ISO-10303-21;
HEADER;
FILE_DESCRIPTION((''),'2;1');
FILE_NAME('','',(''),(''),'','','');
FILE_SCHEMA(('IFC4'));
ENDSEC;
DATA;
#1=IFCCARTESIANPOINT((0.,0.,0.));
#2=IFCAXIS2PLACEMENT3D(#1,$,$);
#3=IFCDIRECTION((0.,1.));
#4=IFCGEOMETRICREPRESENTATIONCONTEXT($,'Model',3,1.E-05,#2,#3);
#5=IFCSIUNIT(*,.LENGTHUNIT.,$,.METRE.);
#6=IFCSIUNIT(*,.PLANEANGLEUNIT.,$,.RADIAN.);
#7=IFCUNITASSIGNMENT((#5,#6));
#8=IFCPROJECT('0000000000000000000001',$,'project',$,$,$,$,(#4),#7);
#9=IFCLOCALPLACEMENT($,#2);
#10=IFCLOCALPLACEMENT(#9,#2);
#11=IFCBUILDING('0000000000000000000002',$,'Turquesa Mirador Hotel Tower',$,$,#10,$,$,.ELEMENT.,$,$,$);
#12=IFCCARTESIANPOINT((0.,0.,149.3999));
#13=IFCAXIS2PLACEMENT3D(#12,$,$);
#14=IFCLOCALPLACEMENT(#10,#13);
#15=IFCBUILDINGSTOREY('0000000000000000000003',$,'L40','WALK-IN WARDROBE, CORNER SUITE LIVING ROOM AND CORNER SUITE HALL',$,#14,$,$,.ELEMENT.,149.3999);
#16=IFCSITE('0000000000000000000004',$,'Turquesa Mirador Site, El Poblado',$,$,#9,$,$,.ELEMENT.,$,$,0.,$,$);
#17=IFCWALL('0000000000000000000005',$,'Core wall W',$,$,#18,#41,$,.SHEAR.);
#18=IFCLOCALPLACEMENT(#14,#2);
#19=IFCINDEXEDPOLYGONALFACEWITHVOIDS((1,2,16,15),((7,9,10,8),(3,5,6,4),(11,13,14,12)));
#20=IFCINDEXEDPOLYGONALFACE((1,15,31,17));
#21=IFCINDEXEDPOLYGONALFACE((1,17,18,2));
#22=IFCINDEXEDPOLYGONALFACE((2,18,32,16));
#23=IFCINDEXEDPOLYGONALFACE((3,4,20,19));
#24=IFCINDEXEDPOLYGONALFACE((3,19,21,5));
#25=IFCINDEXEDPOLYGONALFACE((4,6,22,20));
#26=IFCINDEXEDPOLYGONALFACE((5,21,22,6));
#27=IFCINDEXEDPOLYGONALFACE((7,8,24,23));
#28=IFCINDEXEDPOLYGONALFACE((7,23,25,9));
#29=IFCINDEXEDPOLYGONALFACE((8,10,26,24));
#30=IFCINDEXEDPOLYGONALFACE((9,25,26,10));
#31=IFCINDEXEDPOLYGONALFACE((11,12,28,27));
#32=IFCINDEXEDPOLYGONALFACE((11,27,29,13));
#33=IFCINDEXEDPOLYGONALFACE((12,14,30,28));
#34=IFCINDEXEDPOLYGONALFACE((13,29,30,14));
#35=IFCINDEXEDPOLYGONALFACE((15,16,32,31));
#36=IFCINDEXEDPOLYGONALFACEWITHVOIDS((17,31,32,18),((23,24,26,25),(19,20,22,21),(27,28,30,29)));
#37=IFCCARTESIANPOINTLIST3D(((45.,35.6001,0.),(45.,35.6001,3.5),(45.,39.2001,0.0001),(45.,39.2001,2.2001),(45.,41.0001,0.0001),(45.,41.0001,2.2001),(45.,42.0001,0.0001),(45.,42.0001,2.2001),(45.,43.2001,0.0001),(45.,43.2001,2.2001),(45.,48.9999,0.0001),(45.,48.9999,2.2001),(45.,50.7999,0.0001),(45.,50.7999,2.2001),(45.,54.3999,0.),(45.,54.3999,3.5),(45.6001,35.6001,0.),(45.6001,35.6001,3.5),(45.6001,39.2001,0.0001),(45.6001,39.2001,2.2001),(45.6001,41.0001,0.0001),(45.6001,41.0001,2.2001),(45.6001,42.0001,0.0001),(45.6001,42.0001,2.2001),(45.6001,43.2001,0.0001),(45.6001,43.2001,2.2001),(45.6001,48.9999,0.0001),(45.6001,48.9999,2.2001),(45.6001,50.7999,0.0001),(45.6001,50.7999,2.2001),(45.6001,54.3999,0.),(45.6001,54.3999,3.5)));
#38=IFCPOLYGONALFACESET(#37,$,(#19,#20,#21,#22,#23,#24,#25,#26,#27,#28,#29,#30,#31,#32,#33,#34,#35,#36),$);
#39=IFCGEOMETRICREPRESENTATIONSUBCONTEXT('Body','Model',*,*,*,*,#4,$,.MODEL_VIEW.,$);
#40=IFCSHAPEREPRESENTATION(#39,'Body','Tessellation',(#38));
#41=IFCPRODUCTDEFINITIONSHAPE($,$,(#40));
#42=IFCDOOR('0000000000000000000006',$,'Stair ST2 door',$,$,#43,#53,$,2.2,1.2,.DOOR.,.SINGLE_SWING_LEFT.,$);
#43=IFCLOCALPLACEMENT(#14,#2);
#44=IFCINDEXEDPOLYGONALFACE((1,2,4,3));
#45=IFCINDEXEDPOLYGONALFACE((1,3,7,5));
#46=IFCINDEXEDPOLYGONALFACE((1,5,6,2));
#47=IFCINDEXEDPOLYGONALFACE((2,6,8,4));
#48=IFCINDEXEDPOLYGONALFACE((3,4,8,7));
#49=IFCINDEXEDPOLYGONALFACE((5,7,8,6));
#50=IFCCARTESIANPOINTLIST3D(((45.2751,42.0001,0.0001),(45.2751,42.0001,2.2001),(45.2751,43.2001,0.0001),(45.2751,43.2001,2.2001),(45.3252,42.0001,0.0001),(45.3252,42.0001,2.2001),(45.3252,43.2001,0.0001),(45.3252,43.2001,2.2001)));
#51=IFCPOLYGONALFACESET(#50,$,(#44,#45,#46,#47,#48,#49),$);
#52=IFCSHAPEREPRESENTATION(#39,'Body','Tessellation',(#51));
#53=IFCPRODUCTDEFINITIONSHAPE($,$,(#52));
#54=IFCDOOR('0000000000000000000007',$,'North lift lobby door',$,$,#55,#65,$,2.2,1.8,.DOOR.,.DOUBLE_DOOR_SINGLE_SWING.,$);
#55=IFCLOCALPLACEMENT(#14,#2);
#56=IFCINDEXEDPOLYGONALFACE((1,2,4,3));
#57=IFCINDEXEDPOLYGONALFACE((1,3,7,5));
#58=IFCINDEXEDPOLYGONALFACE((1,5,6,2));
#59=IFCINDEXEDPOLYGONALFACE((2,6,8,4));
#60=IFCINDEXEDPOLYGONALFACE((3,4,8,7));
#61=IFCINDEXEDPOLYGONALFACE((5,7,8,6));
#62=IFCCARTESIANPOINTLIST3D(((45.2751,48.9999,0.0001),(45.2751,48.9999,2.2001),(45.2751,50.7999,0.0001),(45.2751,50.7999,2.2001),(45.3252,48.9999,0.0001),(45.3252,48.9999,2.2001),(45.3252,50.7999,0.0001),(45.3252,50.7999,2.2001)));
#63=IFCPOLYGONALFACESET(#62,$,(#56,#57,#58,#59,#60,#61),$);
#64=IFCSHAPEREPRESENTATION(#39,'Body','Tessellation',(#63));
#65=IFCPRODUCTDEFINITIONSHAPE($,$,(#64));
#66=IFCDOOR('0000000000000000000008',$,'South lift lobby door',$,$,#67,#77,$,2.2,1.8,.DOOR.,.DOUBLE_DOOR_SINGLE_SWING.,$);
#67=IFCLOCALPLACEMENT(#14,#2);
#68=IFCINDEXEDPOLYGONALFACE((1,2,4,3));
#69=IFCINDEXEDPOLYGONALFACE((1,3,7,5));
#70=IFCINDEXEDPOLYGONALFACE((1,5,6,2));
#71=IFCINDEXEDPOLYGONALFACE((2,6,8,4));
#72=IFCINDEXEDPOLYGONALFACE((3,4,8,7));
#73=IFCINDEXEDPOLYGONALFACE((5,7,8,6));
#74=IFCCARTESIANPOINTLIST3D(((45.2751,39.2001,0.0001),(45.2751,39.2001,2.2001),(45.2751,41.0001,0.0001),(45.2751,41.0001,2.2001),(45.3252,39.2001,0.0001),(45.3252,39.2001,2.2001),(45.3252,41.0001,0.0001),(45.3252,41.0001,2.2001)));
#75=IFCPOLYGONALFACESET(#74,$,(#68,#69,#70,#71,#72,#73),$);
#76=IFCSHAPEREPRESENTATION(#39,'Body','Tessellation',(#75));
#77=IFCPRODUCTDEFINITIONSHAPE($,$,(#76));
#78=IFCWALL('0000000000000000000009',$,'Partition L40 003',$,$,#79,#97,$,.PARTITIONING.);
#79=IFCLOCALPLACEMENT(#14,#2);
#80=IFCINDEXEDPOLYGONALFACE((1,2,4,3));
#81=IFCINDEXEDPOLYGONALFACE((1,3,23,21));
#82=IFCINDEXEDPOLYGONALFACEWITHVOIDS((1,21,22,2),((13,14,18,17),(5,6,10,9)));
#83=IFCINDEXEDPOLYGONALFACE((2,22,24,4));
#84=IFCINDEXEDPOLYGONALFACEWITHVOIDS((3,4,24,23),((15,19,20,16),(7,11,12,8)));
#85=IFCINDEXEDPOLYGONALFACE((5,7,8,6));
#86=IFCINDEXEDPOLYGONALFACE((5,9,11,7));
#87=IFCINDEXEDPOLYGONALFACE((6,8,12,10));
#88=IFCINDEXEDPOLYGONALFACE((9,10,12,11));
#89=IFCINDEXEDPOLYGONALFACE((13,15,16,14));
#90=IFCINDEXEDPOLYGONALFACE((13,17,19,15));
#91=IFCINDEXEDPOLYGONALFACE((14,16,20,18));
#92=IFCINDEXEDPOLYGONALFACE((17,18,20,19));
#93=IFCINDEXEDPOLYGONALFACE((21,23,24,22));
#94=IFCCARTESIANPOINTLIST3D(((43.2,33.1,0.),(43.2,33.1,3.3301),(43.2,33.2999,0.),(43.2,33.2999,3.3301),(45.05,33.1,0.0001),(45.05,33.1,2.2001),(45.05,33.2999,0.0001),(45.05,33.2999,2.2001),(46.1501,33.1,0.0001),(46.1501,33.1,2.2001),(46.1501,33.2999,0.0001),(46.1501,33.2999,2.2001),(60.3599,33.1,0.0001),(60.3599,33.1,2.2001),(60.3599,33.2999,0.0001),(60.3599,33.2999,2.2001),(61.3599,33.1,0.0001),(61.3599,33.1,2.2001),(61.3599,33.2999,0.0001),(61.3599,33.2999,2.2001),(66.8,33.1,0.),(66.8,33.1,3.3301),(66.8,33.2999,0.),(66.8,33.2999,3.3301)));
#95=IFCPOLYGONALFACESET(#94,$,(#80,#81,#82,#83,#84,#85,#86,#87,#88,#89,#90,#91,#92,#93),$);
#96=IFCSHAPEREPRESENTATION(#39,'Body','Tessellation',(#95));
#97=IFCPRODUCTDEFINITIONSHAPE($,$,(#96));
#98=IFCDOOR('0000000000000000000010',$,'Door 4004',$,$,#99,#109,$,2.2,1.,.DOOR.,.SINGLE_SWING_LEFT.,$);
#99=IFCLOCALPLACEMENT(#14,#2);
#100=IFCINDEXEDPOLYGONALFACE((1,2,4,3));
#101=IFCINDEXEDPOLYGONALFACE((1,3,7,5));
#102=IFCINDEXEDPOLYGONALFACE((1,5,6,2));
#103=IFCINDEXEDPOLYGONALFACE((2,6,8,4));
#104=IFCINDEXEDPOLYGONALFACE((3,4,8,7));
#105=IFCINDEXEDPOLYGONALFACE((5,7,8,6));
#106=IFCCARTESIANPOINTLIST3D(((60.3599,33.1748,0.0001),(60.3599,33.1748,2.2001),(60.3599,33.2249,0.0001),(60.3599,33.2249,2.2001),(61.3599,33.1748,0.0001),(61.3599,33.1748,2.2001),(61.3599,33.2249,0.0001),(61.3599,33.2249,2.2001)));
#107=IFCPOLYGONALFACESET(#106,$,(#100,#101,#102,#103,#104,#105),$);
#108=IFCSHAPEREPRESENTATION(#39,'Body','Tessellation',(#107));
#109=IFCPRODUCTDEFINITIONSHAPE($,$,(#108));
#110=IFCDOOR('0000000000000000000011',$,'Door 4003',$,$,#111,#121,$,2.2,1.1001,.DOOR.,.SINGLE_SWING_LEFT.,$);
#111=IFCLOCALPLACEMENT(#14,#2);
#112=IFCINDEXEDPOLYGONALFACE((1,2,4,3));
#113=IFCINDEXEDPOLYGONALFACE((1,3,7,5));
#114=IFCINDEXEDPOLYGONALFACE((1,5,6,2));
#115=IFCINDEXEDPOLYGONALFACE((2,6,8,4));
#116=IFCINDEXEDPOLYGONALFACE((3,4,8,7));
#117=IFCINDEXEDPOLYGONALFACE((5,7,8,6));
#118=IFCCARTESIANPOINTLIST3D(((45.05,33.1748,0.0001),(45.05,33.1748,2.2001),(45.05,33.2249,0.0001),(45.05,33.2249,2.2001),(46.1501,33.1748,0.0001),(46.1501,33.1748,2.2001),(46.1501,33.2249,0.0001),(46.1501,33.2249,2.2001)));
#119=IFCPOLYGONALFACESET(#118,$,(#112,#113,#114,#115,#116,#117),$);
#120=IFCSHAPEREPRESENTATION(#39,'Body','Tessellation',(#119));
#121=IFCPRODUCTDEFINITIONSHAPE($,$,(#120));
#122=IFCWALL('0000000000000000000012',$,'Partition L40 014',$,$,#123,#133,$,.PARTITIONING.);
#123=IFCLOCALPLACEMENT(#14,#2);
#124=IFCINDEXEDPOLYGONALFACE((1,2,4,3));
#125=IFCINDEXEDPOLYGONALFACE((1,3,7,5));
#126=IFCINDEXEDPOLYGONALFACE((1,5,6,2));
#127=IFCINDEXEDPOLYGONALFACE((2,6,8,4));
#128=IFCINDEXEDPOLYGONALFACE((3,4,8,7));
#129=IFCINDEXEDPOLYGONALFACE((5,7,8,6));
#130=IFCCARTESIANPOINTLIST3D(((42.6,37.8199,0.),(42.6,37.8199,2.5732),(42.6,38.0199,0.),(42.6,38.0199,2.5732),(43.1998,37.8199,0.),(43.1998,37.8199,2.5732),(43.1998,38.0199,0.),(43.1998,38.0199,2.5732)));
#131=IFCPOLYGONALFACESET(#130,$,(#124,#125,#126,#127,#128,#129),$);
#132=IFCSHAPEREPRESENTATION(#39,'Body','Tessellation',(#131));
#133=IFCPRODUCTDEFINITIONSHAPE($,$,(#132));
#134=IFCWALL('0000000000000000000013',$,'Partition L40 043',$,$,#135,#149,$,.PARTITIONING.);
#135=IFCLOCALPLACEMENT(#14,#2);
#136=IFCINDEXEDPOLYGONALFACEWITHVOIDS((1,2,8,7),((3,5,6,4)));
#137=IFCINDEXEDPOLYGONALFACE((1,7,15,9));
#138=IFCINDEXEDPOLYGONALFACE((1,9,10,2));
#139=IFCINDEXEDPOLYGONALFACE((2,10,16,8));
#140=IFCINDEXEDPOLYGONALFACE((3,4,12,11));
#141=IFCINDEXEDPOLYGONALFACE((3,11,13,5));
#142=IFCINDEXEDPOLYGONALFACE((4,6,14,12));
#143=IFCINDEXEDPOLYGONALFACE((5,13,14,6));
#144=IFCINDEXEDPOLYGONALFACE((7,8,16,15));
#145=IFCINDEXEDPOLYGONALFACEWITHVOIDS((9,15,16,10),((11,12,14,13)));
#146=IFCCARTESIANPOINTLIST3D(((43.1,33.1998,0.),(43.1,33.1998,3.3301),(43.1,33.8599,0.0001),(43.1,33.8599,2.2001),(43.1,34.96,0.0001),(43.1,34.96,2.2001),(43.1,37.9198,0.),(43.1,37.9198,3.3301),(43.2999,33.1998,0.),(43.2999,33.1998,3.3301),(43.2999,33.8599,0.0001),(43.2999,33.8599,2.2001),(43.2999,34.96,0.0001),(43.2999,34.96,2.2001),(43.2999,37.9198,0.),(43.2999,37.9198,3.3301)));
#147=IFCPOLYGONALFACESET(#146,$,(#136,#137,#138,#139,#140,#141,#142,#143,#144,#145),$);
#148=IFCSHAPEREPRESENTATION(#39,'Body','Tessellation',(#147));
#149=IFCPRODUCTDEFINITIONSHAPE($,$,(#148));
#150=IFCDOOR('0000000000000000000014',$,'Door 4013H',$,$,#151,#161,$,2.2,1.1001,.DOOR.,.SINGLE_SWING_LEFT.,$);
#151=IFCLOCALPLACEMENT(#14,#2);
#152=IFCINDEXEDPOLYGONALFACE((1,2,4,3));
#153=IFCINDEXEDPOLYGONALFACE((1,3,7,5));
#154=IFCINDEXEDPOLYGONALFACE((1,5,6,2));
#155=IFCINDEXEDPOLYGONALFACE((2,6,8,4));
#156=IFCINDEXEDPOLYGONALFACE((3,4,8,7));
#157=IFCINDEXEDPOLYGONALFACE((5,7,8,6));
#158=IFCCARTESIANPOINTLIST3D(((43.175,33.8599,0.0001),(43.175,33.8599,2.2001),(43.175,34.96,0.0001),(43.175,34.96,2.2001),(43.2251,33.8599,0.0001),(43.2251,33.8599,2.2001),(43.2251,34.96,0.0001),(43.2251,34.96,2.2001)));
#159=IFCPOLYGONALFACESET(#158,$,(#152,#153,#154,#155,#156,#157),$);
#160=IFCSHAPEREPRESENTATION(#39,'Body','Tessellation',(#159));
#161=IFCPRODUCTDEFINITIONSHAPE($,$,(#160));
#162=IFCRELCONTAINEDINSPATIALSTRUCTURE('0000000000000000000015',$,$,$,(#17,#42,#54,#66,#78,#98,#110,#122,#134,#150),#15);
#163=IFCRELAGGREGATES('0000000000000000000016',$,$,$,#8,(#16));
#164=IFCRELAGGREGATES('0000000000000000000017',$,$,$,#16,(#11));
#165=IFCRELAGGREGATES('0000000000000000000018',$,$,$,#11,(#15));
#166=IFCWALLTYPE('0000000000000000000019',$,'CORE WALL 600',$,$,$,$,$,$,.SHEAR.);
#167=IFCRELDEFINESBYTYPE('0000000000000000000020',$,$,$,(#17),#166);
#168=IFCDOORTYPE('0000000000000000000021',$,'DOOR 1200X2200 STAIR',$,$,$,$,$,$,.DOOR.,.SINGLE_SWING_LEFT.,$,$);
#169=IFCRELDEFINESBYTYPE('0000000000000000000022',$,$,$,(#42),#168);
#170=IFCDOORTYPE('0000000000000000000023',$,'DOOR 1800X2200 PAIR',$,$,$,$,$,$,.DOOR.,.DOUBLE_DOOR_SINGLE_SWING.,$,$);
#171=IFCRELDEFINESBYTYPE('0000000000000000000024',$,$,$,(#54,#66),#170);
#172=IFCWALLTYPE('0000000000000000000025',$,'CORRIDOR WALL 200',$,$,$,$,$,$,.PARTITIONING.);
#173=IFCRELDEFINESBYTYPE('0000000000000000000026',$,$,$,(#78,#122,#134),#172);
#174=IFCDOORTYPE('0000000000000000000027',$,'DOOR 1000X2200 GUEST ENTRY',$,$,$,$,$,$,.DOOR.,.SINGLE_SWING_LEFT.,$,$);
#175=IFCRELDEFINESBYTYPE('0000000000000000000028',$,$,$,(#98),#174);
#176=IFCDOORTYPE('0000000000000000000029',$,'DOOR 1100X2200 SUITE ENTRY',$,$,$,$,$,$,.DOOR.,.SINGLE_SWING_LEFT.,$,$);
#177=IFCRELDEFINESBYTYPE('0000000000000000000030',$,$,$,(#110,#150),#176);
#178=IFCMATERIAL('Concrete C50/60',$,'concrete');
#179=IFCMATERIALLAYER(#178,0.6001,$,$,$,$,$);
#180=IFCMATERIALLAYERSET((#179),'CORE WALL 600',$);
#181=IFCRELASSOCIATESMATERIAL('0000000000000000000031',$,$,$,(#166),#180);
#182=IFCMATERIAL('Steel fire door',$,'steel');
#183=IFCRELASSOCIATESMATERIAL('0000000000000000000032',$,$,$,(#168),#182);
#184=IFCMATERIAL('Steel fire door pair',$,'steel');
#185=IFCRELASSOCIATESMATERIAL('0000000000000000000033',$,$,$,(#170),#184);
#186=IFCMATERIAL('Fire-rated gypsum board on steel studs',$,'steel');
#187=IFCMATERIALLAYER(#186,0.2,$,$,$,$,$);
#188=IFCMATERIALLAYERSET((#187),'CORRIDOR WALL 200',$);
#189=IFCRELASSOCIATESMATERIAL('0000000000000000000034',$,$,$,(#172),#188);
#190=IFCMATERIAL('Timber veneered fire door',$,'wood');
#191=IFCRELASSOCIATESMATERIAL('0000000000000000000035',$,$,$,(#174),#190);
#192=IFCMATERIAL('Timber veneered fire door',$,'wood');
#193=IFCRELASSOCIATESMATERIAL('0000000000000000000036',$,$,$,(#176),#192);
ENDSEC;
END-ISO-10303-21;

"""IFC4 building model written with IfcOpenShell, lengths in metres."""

from ifc_helpers import new_model, si_unit, direction, frame, frame_2d, origin, place, context, subcontext, project, spatial, rectangle, extrude, material, layer, layer_set, type_object, element, fill, save


model = new_model("IFC4")

# Units and contexts
model_context = context("Model", 3, precision=1e-05, world=origin(), true_north=direction((0.0, 1.0)))
body_context = subcontext(model_context, "Body", "Model", "MODEL_VIEW")
ifc_project = project(units=[si_unit("LENGTHUNIT", "METRE"), si_unit("PLANEANGLEUNIT", "RADIAN")], contexts=[model_context])

# Site, building, storey
site_placement = place(None, origin())
site = spatial("IfcSite", under=ifc_project, at=site_placement, Name="Turquesa Mirador Site, El Poblado", CompositionType="ELEMENT", RefElevation=0.0)
building_placement = place(site_placement, origin())
building = spatial("IfcBuilding", under=site, at=building_placement, Name="Turquesa Mirador Hotel Tower", CompositionType="ELEMENT")
storey_placement = place(building_placement, frame((0.0, 0.0, 149.3999)))
storey = spatial("IfcBuildingStorey", under=building, at=storey_placement, Name="L40", Description="WALK-IN WARDROBE, CORNER SUITE LIVING ROOM AND CORNER SUITE HALL", CompositionType="ELEMENT", Elevation=149.3999)

# Shared definitions
ifc_material_1 = material(Name="Concrete C50/60", Category="concrete")
ifc_layer_1 = layer(ifc_material_1, 0.6001)
ifc_layer_set_1 = layer_set([ifc_layer_1], Name="CORE WALL 600")
wall_type_1 = type_object("IfcWallType", Name="CORE WALL 600", PredefinedType="SHEAR", material=ifc_layer_set_1)

# Walls, openings, doors
wall_1_placement = place(storey_placement, frame((45.3, 35.6001, 0.0), z_axis=(0.0, 0.0, 1.0), x_axis=(0.0, 1.0, 0.0)))
wall_1 = element("IfcWall", 1, at=wall_1_placement, inside=storey, type_object=wall_type_1, Name="Core wall W", PredefinedType="SHEAR", context=body_context, shape_type="SweptSolid", body=[
    extrude(rectangle(XDim=18.7998, YDim=0.6001, at=frame_2d((9.3999, 0.0))), origin(), (0.0, 0.0, 1.0), 3.5),
])
opening_1_placement = place(wall_1_placement, frame((13.3999, 0.0, 0.0)))
opening_1 = element("IfcOpeningElement", 2, at=opening_1_placement, cuts=wall_1, PredefinedType="OPENING", context=body_context, shape_type="SweptSolid", body=[
    extrude(rectangle(XDim=1.8, YDim=2.2, at=frame_2d((0.8999, 1.1001))), frame((0.0, 0.3101, 0.0), z_axis=(0.0, -1.0, 0.0), x_axis=(1.0, 0.0, 0.0)), (0.0, 0.0, 1.0), 0.6201),
])
opening_2_placement = place(wall_1_placement, frame((3.6001, 0.0, 0.0)))
opening_2 = element("IfcOpeningElement", 3, at=opening_2_placement, cuts=wall_1, PredefinedType="OPENING", context=body_context, shape_type="SweptSolid", body=[
    extrude(rectangle(XDim=1.8, YDim=2.2, at=frame_2d((0.8999, 1.1001))), frame((0.0, 0.3101, 0.0), z_axis=(0.0, -1.0, 0.0), x_axis=(1.0, 0.0, 0.0)), (0.0, 0.0, 1.0), 0.6201),
])
opening_3_placement = place(wall_1_placement, frame((6.3999, 0.0, 0.0)))
opening_3 = element("IfcOpeningElement", 4, at=opening_3_placement, cuts=wall_1, PredefinedType="OPENING", context=body_context, shape_type="SweptSolid", body=[
    extrude(rectangle(XDim=1.2, YDim=2.2, at=frame_2d((0.6001, 1.1001))), frame((0.0, 0.3101, 0.0), z_axis=(0.0, -1.0, 0.0), x_axis=(1.0, 0.0, 0.0)), (0.0, 0.0, 1.0), 0.6201),
])
ifc_material_2 = material(Name="Steel fire door", Category="steel")
door_type_1 = type_object("IfcDoorType", Name="DOOR 1200X2200 STAIR", OperationType="SINGLE_SWING_LEFT", PredefinedType="DOOR", material=ifc_material_2)
door_1_placement = place(opening_3_placement, origin())
door_1 = element("IfcDoor", 5, at=door_1_placement, inside=storey, type_object=door_type_1, Name="Stair ST2 door", OperationType="SINGLE_SWING_LEFT", OverallHeight=2.2, OverallWidth=1.2, PredefinedType="DOOR", context=body_context, shape_type="SweptSolid", body=[
    extrude(rectangle(XDim=1.2, YDim=2.2, at=frame_2d((0.6001, 1.1001))), frame((0.0, 0.0249, 0.0), z_axis=(0.0, -1.0, 0.0), x_axis=(1.0, 0.0, 0.0)), (0.0, 0.0, 1.0), 0.05),
])
fill(opening_3, door_1)
ifc_material_3 = material(Name="Steel fire door pair", Category="steel")
door_type_2 = type_object("IfcDoorType", Name="DOOR 1800X2200 PAIR", OperationType="DOUBLE_DOOR_SINGLE_SWING", PredefinedType="DOOR", material=ifc_material_3)
door_2_placement = place(opening_1_placement, origin())
door_2 = element("IfcDoor", 6, at=door_2_placement, inside=storey, type_object=door_type_2, Name="North lift lobby door", OperationType="DOUBLE_DOOR_SINGLE_SWING", OverallHeight=2.2, OverallWidth=1.8, PredefinedType="DOOR", context=body_context, shape_type="SweptSolid", body=[
    extrude(rectangle(XDim=1.8, YDim=2.2, at=frame_2d((0.8999, 1.1001))), frame((0.0, 0.0249, 0.0), z_axis=(0.0, -1.0, 0.0), x_axis=(1.0, 0.0, 0.0)), (0.0, 0.0, 1.0), 0.05),
])
fill(opening_1, door_2)
door_3_placement = place(opening_2_placement, origin())
door_3 = element("IfcDoor", 7, at=door_3_placement, inside=storey, type_object=door_type_2, Name="South lift lobby door", OperationType="DOUBLE_DOOR_SINGLE_SWING", OverallHeight=2.2, OverallWidth=1.8, PredefinedType="DOOR", context=body_context, shape_type="SweptSolid", body=[
    extrude(rectangle(XDim=1.8, YDim=2.2, at=frame_2d((0.8999, 1.1001))), frame((0.0, 0.0249, 0.0), z_axis=(0.0, -1.0, 0.0), x_axis=(1.0, 0.0, 0.0)), (0.0, 0.0, 1.0), 0.05),
])
fill(opening_2, door_3)
ifc_material_4 = material(Name="Fire-rated gypsum board on steel studs", Category="steel")
ifc_layer_2 = layer(ifc_material_4, 0.2)
ifc_layer_set_2 = layer_set([ifc_layer_2], Name="CORRIDOR WALL 200")
wall_type_2 = type_object("IfcWallType", Name="CORRIDOR WALL 200", PredefinedType="PARTITIONING", material=ifc_layer_set_2)
wall_2_placement = place(storey_placement, frame((43.2, 33.2, 0.0), z_axis=(0.0, 0.0, 1.0), x_axis=(1.0, 0.0, 0.0)))
wall_2 = element("IfcWall", 8, at=wall_2_placement, inside=storey, type_object=wall_type_2, Name="Partition L40 003", PredefinedType="PARTITIONING", context=body_context, shape_type="SweptSolid", body=[
    extrude(rectangle(XDim=23.6001, YDim=0.2, at=frame_2d((11.8, 0.0))), origin(), (0.0, 0.0, 1.0), 3.3301),
])
opening_4_placement = place(wall_2_placement, frame((1.8501, 0.0, 0.0)))
opening_4 = element("IfcOpeningElement", 9, at=opening_4_placement, cuts=wall_2, PredefinedType="OPENING", context=body_context, shape_type="SweptSolid", body=[
    extrude(rectangle(XDim=1.1001, YDim=2.2, at=frame_2d((0.55, 1.1001))), frame((0.0, 0.1099, 0.0), z_axis=(0.0, -1.0, 0.0), x_axis=(1.0, 0.0, 0.0)), (0.0, 0.0, 1.0), 0.22),
])
opening_5_placement = place(wall_2_placement, frame((17.1599, 0.0, 0.0)))
opening_5 = element("IfcOpeningElement", 10, at=opening_5_placement, cuts=wall_2, PredefinedType="OPENING", context=body_context, shape_type="SweptSolid", body=[
    extrude(rectangle(XDim=1.0, YDim=2.2, at=frame_2d((0.5, 1.1001))), frame((0.0, 0.1099, 0.0), z_axis=(0.0, -1.0, 0.0), x_axis=(1.0, 0.0, 0.0)), (0.0, 0.0, 1.0), 0.22),
])
ifc_material_5 = material(Name="Timber veneered fire door", Category="wood")
door_type_3 = type_object("IfcDoorType", Name="DOOR 1000X2200 GUEST ENTRY", OperationType="SINGLE_SWING_LEFT", PredefinedType="DOOR", material=ifc_material_5)
door_4_placement = place(opening_5_placement, origin())
door_4 = element("IfcDoor", 11, at=door_4_placement, inside=storey, type_object=door_type_3, Name="Door 4004", OperationType="SINGLE_SWING_LEFT", OverallHeight=2.2, OverallWidth=1.0, PredefinedType="DOOR", context=body_context, shape_type="SweptSolid", body=[
    extrude(rectangle(XDim=1.0, YDim=2.2, at=frame_2d((0.5, 1.1001))), frame((0.0, 0.0249, 0.0), z_axis=(0.0, -1.0, 0.0), x_axis=(1.0, 0.0, 0.0)), (0.0, 0.0, 1.0), 0.05),
])
fill(opening_5, door_4)
ifc_material_6 = material(Name="Timber veneered fire door", Category="wood")
door_type_4 = type_object("IfcDoorType", Name="DOOR 1100X2200 SUITE ENTRY", OperationType="SINGLE_SWING_LEFT", PredefinedType="DOOR", material=ifc_material_6)
door_5_placement = place(opening_4_placement, origin())
door_5 = element("IfcDoor", 12, at=door_5_placement, inside=storey, type_object=door_type_4, Name="Door 4003", OperationType="SINGLE_SWING_LEFT", OverallHeight=2.2, OverallWidth=1.1001, PredefinedType="DOOR", context=body_context, shape_type="SweptSolid", body=[
    extrude(rectangle(XDim=1.1001, YDim=2.2, at=frame_2d((0.55, 1.1001))), frame((0.0, 0.0249, 0.0), z_axis=(0.0, -1.0, 0.0), x_axis=(1.0, 0.0, 0.0)), (0.0, 0.0, 1.0), 0.05),
])
fill(opening_4, door_5)

# Wall
wall_3_placement = place(storey_placement, frame((42.6001, 37.9199, 0.0), z_axis=(0.0, 0.0, 1.0), x_axis=(1.0, 0.0, 0.0)))
element("IfcWall", 13, at=wall_3_placement, inside=storey, type_object=wall_type_2, Name="Partition L40 014", PredefinedType="PARTITIONING", context=body_context, shape_type="SweptSolid", body=[
    extrude(rectangle(XDim=0.5999, YDim=0.2, at=frame_2d((0.2998, 0.0))), origin(), (0.0, 0.0, 1.0), 2.5732),
])

# Wall, opening, door
wall_4_placement = place(storey_placement, frame((43.2, 33.2, 0.0), z_axis=(0.0, 0.0, 1.0), x_axis=(0.0, 1.0, 0.0)))
wall_4 = element("IfcWall", 14, at=wall_4_placement, inside=storey, type_object=wall_type_2, Name="Partition L40 043", PredefinedType="PARTITIONING", context=body_context, shape_type="SweptSolid", body=[
    extrude(rectangle(XDim=4.72, YDim=0.2, at=frame_2d((2.3599, 0.0))), origin(), (0.0, 0.0, 1.0), 3.3301),
])
opening_6_placement = place(wall_4_placement, frame((0.6599, 0.0, 0.0)))
opening_6 = element("IfcOpeningElement", 15, at=opening_6_placement, cuts=wall_4, PredefinedType="OPENING", context=body_context, shape_type="SweptSolid", body=[
    extrude(rectangle(XDim=1.1001, YDim=2.2, at=frame_2d((0.55, 1.1001))), frame((0.0, 0.1099, 0.0), z_axis=(0.0, -1.0, 0.0), x_axis=(1.0, 0.0, 0.0)), (0.0, 0.0, 1.0), 0.22),
])
door_6_placement = place(opening_6_placement, origin())
door_6 = element("IfcDoor", 16, at=door_6_placement, inside=storey, type_object=door_type_4, Name="Door 4013H", OperationType="SINGLE_SWING_LEFT", OverallHeight=2.2, OverallWidth=1.1001, PredefinedType="DOOR", context=body_context, shape_type="SweptSolid", body=[
    extrude(rectangle(XDim=1.1001, YDim=2.2, at=frame_2d((0.55, 1.1001))), frame((0.0, 0.0249, 0.0), z_axis=(0.0, -1.0, 0.0), x_axis=(1.0, 0.0, 0.0)), (0.0, 0.0, 1.0), 0.05),
])
fill(opening_6, door_6)

save(model, "model.ifc")
